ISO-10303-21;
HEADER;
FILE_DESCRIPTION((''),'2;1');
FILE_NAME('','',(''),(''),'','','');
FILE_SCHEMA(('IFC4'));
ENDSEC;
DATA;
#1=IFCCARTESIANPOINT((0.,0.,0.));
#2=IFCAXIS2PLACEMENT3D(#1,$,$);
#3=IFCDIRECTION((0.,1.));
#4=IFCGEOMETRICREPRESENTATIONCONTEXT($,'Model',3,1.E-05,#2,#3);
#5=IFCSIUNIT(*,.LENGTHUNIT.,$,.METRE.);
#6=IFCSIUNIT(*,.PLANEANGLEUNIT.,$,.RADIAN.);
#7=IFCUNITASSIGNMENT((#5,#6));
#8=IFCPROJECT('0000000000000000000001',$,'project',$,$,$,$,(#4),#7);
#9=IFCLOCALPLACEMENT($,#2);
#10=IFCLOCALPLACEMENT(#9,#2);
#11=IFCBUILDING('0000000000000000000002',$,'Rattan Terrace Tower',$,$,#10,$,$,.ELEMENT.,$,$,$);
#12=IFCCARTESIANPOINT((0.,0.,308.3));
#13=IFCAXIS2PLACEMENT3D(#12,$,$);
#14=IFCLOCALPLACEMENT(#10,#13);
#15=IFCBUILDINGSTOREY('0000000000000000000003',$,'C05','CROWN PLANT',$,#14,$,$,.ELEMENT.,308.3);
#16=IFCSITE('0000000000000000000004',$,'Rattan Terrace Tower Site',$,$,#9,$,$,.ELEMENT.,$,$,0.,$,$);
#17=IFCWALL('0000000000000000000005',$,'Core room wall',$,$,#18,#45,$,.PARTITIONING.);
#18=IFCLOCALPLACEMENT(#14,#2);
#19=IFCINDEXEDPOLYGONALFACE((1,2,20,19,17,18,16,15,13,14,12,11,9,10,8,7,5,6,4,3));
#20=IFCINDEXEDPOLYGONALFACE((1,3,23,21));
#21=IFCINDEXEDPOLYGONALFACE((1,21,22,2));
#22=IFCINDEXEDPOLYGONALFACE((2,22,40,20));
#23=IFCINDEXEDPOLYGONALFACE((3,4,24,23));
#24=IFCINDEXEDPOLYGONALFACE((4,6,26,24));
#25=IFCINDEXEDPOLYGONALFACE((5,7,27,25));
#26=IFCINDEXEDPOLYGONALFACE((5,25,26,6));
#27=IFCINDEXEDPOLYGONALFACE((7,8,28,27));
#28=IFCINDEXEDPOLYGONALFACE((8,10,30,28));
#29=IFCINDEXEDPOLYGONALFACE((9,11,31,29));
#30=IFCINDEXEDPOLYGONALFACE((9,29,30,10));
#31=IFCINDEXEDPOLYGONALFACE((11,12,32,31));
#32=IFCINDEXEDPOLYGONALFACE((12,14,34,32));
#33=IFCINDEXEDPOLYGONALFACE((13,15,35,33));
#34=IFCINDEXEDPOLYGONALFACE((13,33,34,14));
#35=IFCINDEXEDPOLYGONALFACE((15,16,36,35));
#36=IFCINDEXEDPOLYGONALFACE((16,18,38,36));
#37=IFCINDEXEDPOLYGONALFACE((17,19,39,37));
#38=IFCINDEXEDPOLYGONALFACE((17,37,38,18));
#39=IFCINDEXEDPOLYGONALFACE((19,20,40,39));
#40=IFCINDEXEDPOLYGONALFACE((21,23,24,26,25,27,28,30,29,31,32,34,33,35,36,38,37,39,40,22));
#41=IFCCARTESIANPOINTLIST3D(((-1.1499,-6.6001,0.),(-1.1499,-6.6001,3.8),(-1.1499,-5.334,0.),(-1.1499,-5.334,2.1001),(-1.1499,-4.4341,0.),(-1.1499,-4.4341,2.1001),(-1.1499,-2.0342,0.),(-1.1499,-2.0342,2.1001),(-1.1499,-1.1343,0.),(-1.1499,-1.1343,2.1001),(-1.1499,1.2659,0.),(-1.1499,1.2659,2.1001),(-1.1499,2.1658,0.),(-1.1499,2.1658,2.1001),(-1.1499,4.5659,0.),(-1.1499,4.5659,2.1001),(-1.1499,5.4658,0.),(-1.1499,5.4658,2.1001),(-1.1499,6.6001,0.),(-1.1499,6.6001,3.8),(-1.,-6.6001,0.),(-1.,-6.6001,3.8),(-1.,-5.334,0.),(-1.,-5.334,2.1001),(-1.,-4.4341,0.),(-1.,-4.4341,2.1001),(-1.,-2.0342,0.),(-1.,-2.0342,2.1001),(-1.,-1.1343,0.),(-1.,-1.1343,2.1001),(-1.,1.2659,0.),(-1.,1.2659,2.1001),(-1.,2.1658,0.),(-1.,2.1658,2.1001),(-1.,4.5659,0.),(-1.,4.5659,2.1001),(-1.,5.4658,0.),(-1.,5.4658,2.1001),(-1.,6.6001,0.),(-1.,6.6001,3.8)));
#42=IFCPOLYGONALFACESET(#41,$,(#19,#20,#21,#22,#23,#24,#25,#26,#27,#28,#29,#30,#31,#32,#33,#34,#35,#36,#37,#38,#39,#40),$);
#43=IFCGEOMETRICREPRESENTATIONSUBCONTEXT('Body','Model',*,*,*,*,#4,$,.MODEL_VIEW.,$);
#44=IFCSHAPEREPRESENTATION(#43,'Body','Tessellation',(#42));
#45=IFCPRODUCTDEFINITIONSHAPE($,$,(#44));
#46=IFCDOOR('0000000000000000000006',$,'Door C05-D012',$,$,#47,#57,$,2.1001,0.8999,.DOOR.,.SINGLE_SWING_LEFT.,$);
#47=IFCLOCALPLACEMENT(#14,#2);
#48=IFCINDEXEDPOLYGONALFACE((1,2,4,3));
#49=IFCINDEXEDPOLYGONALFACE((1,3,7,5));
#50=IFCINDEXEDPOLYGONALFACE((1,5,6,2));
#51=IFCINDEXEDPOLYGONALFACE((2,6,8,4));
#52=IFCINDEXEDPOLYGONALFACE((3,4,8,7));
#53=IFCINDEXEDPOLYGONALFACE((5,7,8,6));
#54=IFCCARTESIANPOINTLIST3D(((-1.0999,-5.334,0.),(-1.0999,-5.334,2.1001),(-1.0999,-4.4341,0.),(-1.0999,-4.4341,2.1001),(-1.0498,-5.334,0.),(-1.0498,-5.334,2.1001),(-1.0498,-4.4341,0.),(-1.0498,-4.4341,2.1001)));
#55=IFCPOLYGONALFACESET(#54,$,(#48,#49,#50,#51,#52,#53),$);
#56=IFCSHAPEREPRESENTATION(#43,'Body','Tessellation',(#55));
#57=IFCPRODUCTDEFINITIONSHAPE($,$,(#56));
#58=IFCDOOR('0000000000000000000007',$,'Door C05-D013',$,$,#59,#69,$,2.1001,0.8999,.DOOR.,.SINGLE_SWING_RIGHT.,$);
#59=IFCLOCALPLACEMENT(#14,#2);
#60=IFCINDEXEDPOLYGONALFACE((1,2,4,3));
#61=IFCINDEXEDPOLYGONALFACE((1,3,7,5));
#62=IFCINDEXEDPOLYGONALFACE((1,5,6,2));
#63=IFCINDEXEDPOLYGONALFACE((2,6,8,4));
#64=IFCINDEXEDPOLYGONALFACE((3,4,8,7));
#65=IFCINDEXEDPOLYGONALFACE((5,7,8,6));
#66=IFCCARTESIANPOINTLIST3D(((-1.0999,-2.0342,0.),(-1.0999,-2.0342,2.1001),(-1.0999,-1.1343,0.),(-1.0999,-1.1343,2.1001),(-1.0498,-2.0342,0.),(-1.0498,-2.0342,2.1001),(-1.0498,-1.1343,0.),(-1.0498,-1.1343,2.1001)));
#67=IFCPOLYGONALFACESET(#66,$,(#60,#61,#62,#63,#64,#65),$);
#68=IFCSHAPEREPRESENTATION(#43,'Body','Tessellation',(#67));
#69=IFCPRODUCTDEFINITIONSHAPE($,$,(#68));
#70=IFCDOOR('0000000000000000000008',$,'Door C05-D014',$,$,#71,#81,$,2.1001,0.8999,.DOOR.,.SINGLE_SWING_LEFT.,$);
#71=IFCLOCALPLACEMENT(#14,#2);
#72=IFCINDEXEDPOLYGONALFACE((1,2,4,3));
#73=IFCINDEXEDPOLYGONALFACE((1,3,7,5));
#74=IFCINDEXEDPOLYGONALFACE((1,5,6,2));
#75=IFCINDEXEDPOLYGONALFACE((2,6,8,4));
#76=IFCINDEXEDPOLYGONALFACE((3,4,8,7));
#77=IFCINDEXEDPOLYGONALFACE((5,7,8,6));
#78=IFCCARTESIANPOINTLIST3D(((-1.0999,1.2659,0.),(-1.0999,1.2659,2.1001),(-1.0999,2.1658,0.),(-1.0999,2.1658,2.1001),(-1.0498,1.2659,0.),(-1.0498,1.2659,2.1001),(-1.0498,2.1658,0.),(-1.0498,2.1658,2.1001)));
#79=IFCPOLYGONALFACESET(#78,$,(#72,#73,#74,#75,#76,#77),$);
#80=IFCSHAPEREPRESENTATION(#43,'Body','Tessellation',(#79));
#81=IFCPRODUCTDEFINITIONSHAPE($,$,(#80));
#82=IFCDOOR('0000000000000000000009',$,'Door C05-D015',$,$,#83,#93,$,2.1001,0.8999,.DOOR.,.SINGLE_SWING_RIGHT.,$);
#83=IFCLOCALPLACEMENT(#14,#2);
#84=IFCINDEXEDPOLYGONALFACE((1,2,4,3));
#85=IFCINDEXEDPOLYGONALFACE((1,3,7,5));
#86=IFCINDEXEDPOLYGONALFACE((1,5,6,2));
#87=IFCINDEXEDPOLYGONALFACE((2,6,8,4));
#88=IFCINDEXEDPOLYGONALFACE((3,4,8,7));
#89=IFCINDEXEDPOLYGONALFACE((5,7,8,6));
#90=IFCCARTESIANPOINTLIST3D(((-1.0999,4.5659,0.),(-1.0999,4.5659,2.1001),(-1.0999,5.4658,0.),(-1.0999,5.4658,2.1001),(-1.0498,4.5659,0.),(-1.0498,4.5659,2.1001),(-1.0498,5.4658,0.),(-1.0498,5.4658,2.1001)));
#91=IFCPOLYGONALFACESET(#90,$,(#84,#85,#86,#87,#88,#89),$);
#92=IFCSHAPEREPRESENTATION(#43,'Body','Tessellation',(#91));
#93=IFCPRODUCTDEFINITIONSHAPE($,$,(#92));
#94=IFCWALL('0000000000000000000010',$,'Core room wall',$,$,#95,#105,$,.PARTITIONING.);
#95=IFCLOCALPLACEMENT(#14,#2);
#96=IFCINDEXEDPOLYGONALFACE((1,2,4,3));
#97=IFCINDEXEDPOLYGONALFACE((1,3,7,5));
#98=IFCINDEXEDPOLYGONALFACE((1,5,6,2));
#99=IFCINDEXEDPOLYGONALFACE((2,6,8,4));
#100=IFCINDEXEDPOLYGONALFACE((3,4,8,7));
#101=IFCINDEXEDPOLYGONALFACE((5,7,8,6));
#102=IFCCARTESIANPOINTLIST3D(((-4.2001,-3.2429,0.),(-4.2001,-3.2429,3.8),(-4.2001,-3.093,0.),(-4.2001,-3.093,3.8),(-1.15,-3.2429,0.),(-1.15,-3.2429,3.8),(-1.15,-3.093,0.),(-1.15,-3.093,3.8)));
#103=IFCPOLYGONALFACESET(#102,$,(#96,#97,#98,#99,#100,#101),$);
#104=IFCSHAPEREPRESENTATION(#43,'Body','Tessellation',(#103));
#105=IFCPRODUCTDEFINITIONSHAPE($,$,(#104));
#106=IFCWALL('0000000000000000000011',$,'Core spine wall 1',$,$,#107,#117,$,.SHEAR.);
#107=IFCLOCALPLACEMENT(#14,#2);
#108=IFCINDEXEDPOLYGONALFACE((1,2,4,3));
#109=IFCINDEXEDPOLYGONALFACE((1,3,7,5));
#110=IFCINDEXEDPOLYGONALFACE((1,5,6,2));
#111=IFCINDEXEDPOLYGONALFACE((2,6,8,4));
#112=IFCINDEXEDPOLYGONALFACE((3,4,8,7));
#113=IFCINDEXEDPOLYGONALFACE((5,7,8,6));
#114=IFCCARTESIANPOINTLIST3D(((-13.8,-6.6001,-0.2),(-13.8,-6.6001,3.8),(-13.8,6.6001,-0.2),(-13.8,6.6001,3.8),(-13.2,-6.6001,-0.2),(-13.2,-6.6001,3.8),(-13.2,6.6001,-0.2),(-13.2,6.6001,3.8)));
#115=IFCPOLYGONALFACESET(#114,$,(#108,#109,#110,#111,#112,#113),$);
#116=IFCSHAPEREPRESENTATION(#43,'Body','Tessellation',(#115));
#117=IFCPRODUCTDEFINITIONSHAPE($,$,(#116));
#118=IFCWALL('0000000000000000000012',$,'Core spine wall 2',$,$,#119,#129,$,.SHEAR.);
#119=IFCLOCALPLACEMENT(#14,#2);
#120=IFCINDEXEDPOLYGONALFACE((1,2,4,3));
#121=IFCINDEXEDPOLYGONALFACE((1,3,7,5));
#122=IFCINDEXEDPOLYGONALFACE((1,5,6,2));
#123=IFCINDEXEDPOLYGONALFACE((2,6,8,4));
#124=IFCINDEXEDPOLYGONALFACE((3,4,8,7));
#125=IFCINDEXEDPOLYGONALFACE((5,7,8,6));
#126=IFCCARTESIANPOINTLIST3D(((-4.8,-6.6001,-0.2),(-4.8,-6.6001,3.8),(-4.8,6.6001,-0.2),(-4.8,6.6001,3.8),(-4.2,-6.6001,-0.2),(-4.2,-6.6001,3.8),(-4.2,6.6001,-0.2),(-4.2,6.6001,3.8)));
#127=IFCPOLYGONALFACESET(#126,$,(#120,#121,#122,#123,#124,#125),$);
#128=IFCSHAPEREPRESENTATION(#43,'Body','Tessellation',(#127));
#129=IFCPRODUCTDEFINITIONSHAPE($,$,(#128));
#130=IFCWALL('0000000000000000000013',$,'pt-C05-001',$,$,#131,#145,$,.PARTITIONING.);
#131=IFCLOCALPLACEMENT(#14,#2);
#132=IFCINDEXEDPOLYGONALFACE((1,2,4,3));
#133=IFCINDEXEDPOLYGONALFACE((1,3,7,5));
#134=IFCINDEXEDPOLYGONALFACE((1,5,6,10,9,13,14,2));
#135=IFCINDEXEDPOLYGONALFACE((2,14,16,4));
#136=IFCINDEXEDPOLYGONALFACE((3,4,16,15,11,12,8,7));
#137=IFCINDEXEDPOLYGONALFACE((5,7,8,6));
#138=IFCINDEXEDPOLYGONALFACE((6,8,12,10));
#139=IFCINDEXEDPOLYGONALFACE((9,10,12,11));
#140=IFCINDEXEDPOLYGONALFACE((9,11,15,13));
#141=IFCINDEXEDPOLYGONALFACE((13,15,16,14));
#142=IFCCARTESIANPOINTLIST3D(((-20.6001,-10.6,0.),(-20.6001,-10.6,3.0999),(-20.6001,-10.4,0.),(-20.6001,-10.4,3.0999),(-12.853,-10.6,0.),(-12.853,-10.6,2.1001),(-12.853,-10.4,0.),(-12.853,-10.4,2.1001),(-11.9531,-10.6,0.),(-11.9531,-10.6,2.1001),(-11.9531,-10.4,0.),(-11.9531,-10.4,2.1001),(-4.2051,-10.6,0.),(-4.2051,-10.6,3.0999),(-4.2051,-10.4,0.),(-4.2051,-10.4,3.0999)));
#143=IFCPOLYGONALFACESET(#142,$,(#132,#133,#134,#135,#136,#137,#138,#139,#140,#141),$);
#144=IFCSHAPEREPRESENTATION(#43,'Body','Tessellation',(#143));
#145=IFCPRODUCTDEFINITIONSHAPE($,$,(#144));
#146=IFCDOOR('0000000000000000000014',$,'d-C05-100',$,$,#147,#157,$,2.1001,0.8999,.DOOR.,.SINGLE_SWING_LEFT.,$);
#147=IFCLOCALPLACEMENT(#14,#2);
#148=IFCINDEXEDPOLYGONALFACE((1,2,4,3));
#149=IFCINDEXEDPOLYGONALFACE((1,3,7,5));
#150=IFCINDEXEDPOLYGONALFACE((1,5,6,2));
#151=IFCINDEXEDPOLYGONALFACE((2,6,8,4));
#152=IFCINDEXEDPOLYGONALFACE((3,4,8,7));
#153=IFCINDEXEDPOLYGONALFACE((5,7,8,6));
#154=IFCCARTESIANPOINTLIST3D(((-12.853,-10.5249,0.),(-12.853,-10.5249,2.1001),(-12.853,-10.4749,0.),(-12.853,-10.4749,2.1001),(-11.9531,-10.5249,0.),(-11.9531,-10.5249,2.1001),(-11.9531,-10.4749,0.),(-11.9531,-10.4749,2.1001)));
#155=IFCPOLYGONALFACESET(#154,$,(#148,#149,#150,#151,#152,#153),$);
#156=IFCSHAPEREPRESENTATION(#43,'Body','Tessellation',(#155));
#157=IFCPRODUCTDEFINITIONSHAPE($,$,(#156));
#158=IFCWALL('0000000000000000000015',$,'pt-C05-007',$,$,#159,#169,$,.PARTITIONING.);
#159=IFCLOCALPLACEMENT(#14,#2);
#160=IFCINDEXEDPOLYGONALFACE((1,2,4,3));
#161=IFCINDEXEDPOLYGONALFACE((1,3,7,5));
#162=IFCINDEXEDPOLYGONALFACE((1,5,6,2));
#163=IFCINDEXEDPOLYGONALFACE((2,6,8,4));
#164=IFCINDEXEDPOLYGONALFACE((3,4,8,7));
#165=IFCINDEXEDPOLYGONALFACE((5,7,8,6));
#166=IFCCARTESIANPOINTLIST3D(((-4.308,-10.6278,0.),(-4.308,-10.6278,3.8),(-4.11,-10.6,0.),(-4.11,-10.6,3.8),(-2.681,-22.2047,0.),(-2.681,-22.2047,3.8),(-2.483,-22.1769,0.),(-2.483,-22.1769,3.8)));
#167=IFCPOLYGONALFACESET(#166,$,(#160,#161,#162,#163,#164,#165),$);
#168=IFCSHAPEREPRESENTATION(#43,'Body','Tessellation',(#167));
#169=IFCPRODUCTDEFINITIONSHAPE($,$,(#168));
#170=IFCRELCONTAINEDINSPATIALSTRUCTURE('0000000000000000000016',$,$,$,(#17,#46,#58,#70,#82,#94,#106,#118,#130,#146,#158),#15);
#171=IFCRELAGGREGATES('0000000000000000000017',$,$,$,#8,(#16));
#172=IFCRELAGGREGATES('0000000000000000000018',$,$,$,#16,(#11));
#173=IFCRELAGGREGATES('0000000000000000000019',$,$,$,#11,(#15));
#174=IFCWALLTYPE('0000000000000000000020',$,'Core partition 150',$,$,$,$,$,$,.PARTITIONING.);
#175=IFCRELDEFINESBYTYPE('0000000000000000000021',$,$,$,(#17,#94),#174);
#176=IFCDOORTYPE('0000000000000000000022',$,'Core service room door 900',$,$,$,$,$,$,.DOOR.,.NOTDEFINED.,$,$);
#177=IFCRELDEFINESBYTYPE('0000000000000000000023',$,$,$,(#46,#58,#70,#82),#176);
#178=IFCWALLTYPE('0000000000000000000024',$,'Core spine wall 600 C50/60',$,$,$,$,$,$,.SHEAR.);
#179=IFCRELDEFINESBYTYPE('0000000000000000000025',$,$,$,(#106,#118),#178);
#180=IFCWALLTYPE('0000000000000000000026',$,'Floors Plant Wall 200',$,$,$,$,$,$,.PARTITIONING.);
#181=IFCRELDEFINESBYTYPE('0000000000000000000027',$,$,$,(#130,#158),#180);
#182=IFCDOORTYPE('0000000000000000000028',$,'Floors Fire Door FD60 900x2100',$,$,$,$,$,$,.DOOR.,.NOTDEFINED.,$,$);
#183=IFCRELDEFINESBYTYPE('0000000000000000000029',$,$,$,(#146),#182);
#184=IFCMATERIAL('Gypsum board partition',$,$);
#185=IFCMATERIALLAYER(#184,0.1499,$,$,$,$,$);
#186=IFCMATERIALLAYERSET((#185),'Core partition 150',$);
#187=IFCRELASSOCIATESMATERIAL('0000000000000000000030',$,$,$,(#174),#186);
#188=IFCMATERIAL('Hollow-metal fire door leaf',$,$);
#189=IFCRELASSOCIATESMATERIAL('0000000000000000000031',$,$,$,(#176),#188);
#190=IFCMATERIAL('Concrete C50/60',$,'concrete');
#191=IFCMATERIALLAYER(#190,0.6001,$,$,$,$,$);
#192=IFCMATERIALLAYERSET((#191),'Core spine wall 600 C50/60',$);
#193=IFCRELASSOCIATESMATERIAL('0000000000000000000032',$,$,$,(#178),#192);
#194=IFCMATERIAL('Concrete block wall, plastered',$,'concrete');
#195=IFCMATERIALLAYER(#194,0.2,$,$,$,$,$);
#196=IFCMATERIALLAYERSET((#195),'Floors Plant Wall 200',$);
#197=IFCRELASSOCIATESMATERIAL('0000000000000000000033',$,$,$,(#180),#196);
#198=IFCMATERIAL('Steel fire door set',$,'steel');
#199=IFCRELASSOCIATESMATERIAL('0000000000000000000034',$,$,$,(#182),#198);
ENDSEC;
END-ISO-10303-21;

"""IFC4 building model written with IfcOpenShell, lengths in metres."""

from ifc_helpers import new_model, si_unit, direction, frame, frame_2d, origin, place, context, subcontext, project, spatial, rectangle, extrude, material, layer, layer_set, type_object, element, fill, save


model = new_model("IFC4")

# Units and contexts
model_context = context("Model", 3, precision=1e-05, world=origin(), true_north=direction((0.0, 1.0)))
body_context = subcontext(model_context, "Body", "Model", "MODEL_VIEW")
ifc_project = project(units=[si_unit("LENGTHUNIT", "METRE"), si_unit("PLANEANGLEUNIT", "RADIAN")], contexts=[model_context])

# Site, building, storey
site_placement = place(None, origin())
site = spatial("IfcSite", under=ifc_project, at=site_placement, Name="Rattan Terrace Tower Site", CompositionType="ELEMENT", RefElevation=0.0)
building_placement = place(site_placement, origin())
building = spatial("IfcBuilding", under=site, at=building_placement, Name="Rattan Terrace Tower", CompositionType="ELEMENT")
storey_placement = place(building_placement, frame((0.0, 0.0, 308.3)))
storey = spatial("IfcBuildingStorey", under=building, at=storey_placement, Name="C05", Description="CROWN PLANT", CompositionType="ELEMENT", Elevation=308.3)

# Shared definitions
ifc_material_1 = material(Name="Gypsum board partition")
ifc_layer_1 = layer(ifc_material_1, 0.1499)
ifc_layer_set_1 = layer_set([ifc_layer_1], Name="Core partition 150")
wall_type_1 = type_object("IfcWallType", Name="Core partition 150", PredefinedType="PARTITIONING", material=ifc_layer_set_1)
ifc_material_2 = material(Name="Hollow-metal fire door leaf")
door_type_1 = type_object("IfcDoorType", Name="Core service room door 900", OperationType="NOTDEFINED", PredefinedType="DOOR", material=ifc_material_2)

# Wall, openings, doors
wall_1_placement = place(storey_placement, frame((-1.075, -6.6001, 0.0), z_axis=(0.0, 0.0, 1.0), x_axis=(0.0, 1.0, 0.0)))
wall_1 = element("IfcWall", 1, at=wall_1_placement, inside=storey, type_object=wall_type_1, Name="Core room wall", PredefinedType="PARTITIONING", context=body_context, shape_type="SweptSolid", body=[
    extrude(rectangle(XDim=13.2002, YDim=0.1499, at=frame_2d((6.6001, 0.0))), origin(), (0.0, 0.0, 1.0), 3.8),
])
opening_1_placement = place(wall_1_placement, frame((1.2661, 0.0, 0.0)))
opening_1 = element("IfcOpeningElement", 2, at=opening_1_placement, cuts=wall_1, PredefinedType="OPENING", context=body_context, shape_type="SweptSolid", body=[
    extrude(rectangle(XDim=0.8999, YDim=2.1001, at=frame_2d((0.45, 1.05))), frame((0.0, 0.0854, 0.0), z_axis=(0.0, -1.0, 0.0), x_axis=(1.0, 0.0, 0.0)), (0.0, 0.0, 1.0), 0.1709),
])
opening_2_placement = place(wall_1_placement, frame((4.5659, 0.0, 0.0)))
opening_2 = element("IfcOpeningElement", 3, at=opening_2_placement, cuts=wall_1, PredefinedType="OPENING", context=body_context, shape_type="SweptSolid", body=[
    extrude(rectangle(XDim=0.8999, YDim=2.1001, at=frame_2d((0.45, 1.05))), frame((0.0, 0.0854, 0.0), z_axis=(0.0, -1.0, 0.0), x_axis=(1.0, 0.0, 0.0)), (0.0, 0.0, 1.0), 0.1709),
])
opening_3_placement = place(wall_1_placement, frame((7.866, 0.0, 0.0)))
opening_3 = element("IfcOpeningElement", 4, at=opening_3_placement, cuts=wall_1, PredefinedType="OPENING", context=body_context, shape_type="SweptSolid", body=[
    extrude(rectangle(XDim=0.8999, YDim=2.1001, at=frame_2d((0.45, 1.05))), frame((0.0, 0.0854, 0.0), z_axis=(0.0, -1.0, 0.0), x_axis=(1.0, 0.0, 0.0)), (0.0, 0.0, 1.0), 0.1709),
])
opening_4_placement = place(wall_1_placement, frame((11.166, 0.0, 0.0)))
opening_4 = element("IfcOpeningElement", 5, at=opening_4_placement, cuts=wall_1, PredefinedType="OPENING", context=body_context, shape_type="SweptSolid", body=[
    extrude(rectangle(XDim=0.8999, YDim=2.1001, at=frame_2d((0.45, 1.05))), frame((0.0, 0.0854, 0.0), z_axis=(0.0, -1.0, 0.0), x_axis=(1.0, 0.0, 0.0)), (0.0, 0.0, 1.0), 0.1709),
])
door_1_placement = place(opening_1_placement, origin())
door_1 = element("IfcDoor", 6, at=door_1_placement, inside=storey, type_object=door_type_1, Name="Door C05-D012", OperationType="SINGLE_SWING_LEFT", OverallHeight=2.1001, OverallWidth=0.8999, PredefinedType="DOOR", context=body_context, shape_type="SweptSolid", body=[
    extrude(rectangle(XDim=0.8999, YDim=2.1001, at=frame_2d((0.45, 1.05))), frame((0.0, 0.0249, 0.0), z_axis=(0.0, -1.0, 0.0), x_axis=(1.0, 0.0, 0.0)), (0.0, 0.0, 1.0), 0.05),
])
fill(opening_1, door_1)
door_2_placement = place(opening_2_placement, origin())
door_2 = element("IfcDoor", 7, at=door_2_placement, inside=storey, type_object=door_type_1, Name="Door C05-D013", OperationType="SINGLE_SWING_RIGHT", OverallHeight=2.1001, OverallWidth=0.8999, PredefinedType="DOOR", context=body_context, shape_type="SweptSolid", body=[
    extrude(rectangle(XDim=0.8999, YDim=2.1001, at=frame_2d((0.45, 1.05))), frame((0.0, 0.0249, 0.0), z_axis=(0.0, -1.0, 0.0), x_axis=(1.0, 0.0, 0.0)), (0.0, 0.0, 1.0), 0.05),
])
fill(opening_2, door_2)
door_3_placement = place(opening_3_placement, origin())
door_3 = element("IfcDoor", 8, at=door_3_placement, inside=storey, type_object=door_type_1, Name="Door C05-D014", OperationType="SINGLE_SWING_LEFT", OverallHeight=2.1001, OverallWidth=0.8999, PredefinedType="DOOR", context=body_context, shape_type="SweptSolid", body=[
    extrude(rectangle(XDim=0.8999, YDim=2.1001, at=frame_2d((0.45, 1.05))), frame((0.0, 0.0249, 0.0), z_axis=(0.0, -1.0, 0.0), x_axis=(1.0, 0.0, 0.0)), (0.0, 0.0, 1.0), 0.05),
])
fill(opening_3, door_3)
door_4_placement = place(opening_4_placement, origin())
door_4 = element("IfcDoor", 9, at=door_4_placement, inside=storey, type_object=door_type_1, Name="Door C05-D015", OperationType="SINGLE_SWING_RIGHT", OverallHeight=2.1001, OverallWidth=0.8999, PredefinedType="DOOR", context=body_context, shape_type="SweptSolid", body=[
    extrude(rectangle(XDim=0.8999, YDim=2.1001, at=frame_2d((0.45, 1.05))), frame((0.0, 0.0249, 0.0), z_axis=(0.0, -1.0, 0.0), x_axis=(1.0, 0.0, 0.0)), (0.0, 0.0, 1.0), 0.05),
])
fill(opening_4, door_4)

# Walls
wall_2_placement = place(storey_placement, frame((-4.2, -3.168, 0.0), z_axis=(0.0, 0.0, 1.0), x_axis=(1.0, 0.0, 0.0)))
element("IfcWall", 10, at=wall_2_placement, inside=storey, type_object=wall_type_1, Name="Core room wall", PredefinedType="PARTITIONING", context=body_context, shape_type="SweptSolid", body=[
    extrude(rectangle(XDim=3.05, YDim=0.1499, at=frame_2d((1.5249, 0.0))), origin(), (0.0, 0.0, 1.0), 3.8),
])
ifc_material_3 = material(Name="Concrete C50/60", Category="concrete")
ifc_layer_2 = layer(ifc_material_3, 0.6001)
ifc_layer_set_2 = layer_set([ifc_layer_2], Name="Core spine wall 600 C50/60")
wall_type_2 = type_object("IfcWallType", Name="Core spine wall 600 C50/60", PredefinedType="SHEAR", material=ifc_layer_set_2)
for number, where, z_axis, x_axis, name in (
    (11, (-13.5, -6.6001, -0.2), (0.0, 0.0, 1.0), (0.0, 1.0, 0.0), "Core spine wall 1"),
    (12, (-4.5, -6.6001, -0.2), (0.0, 0.0, 1.0), (0.0, 1.0, 0.0), "Core spine wall 2"),
):
    element("IfcWall", number, at=place(storey_placement, frame(where, z_axis=z_axis, x_axis=x_axis)), inside=storey, type_object=wall_type_2, Name=name, PredefinedType="SHEAR", context=body_context, shape_type="SweptSolid", body=[
        extrude(rectangle(XDim=13.2002, YDim=0.6001, at=frame_2d((6.6001, 0.0))), origin(), (0.0, 0.0, 1.0), 4.0),
    ])

# Wall, opening, door
ifc_material_4 = material(Name="Concrete block wall, plastered", Category="concrete")
ifc_layer_3 = layer(ifc_material_4, 0.2)
ifc_layer_set_3 = layer_set([ifc_layer_3], Name="Floors Plant Wall 200")
wall_type_3 = type_object("IfcWallType", Name="Floors Plant Wall 200", PredefinedType="PARTITIONING", material=ifc_layer_set_3)
wall_3_placement = place(storey_placement, frame((-4.2051, -10.5, 0.0), z_axis=(0.0, 0.0, 1.0), x_axis=(-1.0, 0.0, 0.0)))
wall_3 = element("IfcWall", 13, at=wall_3_placement, inside=storey, type_object=wall_type_3, Name="pt-C05-001", PredefinedType="PARTITIONING", context=body_context, shape_type="SweptSolid", body=[
    extrude(rectangle(XDim=16.395, YDim=0.2, at=frame_2d((8.1975, 0.0))), origin(), (0.0, 0.0, 1.0), 3.0999),
])
opening_5_placement = place(wall_3_placement, frame((7.748, 0.0, 0.0)))
opening_5 = element("IfcOpeningElement", 14, at=opening_5_placement, cuts=wall_3, PredefinedType="OPENING", context=body_context, shape_type="SweptSolid", body=[
    extrude(rectangle(XDim=0.8999, YDim=2.1001, at=frame_2d((0.45, 1.05))), frame((0.0, 0.1106, 0.0), z_axis=(0.0, -1.0, 0.0), x_axis=(1.0, 0.0, 0.0)), (0.0, 0.0, 1.0), 0.2209),
])
ifc_material_5 = material(Name="Steel fire door set", Category="steel")
door_type_2 = type_object("IfcDoorType", Name="Floors Fire Door FD60 900x2100", OperationType="NOTDEFINED", PredefinedType="DOOR", material=ifc_material_5)
door_5_placement = place(opening_5_placement, origin())
door_5 = element("IfcDoor", 15, at=door_5_placement, inside=storey, type_object=door_type_2, Name="d-C05-100", OperationType="SINGLE_SWING_LEFT", OverallHeight=2.1001, OverallWidth=0.8999, PredefinedType="DOOR", context=body_context, shape_type="SweptSolid", body=[
    extrude(rectangle(XDim=0.8999, YDim=2.1001, at=frame_2d((0.45, 1.05))), frame((0.0, 0.0249, 0.0), z_axis=(0.0, -1.0, 0.0), x_axis=(1.0, 0.0, 0.0)), (0.0, 0.0, 1.0), 0.05),
])
fill(opening_5, door_5)

# Wall
wall_4_placement = place(storey_placement, frame((-4.209, -10.614, 0.0), z_axis=(0.0, 0.0, 1.0), x_axis=(0.139167, -0.990269, 0.0)))
element("IfcWall", 16, at=wall_4_placement, inside=storey, type_object=wall_type_3, Name="pt-C05-007", PredefinedType="PARTITIONING", context=body_context, shape_type="SweptSolid", body=[
    extrude(rectangle(XDim=11.6907, YDim=0.2, at=frame_2d((5.8452, 0.0))), origin(), (0.0, 0.0, 1.0), 3.8),
])

save(model, "model.ifc")
